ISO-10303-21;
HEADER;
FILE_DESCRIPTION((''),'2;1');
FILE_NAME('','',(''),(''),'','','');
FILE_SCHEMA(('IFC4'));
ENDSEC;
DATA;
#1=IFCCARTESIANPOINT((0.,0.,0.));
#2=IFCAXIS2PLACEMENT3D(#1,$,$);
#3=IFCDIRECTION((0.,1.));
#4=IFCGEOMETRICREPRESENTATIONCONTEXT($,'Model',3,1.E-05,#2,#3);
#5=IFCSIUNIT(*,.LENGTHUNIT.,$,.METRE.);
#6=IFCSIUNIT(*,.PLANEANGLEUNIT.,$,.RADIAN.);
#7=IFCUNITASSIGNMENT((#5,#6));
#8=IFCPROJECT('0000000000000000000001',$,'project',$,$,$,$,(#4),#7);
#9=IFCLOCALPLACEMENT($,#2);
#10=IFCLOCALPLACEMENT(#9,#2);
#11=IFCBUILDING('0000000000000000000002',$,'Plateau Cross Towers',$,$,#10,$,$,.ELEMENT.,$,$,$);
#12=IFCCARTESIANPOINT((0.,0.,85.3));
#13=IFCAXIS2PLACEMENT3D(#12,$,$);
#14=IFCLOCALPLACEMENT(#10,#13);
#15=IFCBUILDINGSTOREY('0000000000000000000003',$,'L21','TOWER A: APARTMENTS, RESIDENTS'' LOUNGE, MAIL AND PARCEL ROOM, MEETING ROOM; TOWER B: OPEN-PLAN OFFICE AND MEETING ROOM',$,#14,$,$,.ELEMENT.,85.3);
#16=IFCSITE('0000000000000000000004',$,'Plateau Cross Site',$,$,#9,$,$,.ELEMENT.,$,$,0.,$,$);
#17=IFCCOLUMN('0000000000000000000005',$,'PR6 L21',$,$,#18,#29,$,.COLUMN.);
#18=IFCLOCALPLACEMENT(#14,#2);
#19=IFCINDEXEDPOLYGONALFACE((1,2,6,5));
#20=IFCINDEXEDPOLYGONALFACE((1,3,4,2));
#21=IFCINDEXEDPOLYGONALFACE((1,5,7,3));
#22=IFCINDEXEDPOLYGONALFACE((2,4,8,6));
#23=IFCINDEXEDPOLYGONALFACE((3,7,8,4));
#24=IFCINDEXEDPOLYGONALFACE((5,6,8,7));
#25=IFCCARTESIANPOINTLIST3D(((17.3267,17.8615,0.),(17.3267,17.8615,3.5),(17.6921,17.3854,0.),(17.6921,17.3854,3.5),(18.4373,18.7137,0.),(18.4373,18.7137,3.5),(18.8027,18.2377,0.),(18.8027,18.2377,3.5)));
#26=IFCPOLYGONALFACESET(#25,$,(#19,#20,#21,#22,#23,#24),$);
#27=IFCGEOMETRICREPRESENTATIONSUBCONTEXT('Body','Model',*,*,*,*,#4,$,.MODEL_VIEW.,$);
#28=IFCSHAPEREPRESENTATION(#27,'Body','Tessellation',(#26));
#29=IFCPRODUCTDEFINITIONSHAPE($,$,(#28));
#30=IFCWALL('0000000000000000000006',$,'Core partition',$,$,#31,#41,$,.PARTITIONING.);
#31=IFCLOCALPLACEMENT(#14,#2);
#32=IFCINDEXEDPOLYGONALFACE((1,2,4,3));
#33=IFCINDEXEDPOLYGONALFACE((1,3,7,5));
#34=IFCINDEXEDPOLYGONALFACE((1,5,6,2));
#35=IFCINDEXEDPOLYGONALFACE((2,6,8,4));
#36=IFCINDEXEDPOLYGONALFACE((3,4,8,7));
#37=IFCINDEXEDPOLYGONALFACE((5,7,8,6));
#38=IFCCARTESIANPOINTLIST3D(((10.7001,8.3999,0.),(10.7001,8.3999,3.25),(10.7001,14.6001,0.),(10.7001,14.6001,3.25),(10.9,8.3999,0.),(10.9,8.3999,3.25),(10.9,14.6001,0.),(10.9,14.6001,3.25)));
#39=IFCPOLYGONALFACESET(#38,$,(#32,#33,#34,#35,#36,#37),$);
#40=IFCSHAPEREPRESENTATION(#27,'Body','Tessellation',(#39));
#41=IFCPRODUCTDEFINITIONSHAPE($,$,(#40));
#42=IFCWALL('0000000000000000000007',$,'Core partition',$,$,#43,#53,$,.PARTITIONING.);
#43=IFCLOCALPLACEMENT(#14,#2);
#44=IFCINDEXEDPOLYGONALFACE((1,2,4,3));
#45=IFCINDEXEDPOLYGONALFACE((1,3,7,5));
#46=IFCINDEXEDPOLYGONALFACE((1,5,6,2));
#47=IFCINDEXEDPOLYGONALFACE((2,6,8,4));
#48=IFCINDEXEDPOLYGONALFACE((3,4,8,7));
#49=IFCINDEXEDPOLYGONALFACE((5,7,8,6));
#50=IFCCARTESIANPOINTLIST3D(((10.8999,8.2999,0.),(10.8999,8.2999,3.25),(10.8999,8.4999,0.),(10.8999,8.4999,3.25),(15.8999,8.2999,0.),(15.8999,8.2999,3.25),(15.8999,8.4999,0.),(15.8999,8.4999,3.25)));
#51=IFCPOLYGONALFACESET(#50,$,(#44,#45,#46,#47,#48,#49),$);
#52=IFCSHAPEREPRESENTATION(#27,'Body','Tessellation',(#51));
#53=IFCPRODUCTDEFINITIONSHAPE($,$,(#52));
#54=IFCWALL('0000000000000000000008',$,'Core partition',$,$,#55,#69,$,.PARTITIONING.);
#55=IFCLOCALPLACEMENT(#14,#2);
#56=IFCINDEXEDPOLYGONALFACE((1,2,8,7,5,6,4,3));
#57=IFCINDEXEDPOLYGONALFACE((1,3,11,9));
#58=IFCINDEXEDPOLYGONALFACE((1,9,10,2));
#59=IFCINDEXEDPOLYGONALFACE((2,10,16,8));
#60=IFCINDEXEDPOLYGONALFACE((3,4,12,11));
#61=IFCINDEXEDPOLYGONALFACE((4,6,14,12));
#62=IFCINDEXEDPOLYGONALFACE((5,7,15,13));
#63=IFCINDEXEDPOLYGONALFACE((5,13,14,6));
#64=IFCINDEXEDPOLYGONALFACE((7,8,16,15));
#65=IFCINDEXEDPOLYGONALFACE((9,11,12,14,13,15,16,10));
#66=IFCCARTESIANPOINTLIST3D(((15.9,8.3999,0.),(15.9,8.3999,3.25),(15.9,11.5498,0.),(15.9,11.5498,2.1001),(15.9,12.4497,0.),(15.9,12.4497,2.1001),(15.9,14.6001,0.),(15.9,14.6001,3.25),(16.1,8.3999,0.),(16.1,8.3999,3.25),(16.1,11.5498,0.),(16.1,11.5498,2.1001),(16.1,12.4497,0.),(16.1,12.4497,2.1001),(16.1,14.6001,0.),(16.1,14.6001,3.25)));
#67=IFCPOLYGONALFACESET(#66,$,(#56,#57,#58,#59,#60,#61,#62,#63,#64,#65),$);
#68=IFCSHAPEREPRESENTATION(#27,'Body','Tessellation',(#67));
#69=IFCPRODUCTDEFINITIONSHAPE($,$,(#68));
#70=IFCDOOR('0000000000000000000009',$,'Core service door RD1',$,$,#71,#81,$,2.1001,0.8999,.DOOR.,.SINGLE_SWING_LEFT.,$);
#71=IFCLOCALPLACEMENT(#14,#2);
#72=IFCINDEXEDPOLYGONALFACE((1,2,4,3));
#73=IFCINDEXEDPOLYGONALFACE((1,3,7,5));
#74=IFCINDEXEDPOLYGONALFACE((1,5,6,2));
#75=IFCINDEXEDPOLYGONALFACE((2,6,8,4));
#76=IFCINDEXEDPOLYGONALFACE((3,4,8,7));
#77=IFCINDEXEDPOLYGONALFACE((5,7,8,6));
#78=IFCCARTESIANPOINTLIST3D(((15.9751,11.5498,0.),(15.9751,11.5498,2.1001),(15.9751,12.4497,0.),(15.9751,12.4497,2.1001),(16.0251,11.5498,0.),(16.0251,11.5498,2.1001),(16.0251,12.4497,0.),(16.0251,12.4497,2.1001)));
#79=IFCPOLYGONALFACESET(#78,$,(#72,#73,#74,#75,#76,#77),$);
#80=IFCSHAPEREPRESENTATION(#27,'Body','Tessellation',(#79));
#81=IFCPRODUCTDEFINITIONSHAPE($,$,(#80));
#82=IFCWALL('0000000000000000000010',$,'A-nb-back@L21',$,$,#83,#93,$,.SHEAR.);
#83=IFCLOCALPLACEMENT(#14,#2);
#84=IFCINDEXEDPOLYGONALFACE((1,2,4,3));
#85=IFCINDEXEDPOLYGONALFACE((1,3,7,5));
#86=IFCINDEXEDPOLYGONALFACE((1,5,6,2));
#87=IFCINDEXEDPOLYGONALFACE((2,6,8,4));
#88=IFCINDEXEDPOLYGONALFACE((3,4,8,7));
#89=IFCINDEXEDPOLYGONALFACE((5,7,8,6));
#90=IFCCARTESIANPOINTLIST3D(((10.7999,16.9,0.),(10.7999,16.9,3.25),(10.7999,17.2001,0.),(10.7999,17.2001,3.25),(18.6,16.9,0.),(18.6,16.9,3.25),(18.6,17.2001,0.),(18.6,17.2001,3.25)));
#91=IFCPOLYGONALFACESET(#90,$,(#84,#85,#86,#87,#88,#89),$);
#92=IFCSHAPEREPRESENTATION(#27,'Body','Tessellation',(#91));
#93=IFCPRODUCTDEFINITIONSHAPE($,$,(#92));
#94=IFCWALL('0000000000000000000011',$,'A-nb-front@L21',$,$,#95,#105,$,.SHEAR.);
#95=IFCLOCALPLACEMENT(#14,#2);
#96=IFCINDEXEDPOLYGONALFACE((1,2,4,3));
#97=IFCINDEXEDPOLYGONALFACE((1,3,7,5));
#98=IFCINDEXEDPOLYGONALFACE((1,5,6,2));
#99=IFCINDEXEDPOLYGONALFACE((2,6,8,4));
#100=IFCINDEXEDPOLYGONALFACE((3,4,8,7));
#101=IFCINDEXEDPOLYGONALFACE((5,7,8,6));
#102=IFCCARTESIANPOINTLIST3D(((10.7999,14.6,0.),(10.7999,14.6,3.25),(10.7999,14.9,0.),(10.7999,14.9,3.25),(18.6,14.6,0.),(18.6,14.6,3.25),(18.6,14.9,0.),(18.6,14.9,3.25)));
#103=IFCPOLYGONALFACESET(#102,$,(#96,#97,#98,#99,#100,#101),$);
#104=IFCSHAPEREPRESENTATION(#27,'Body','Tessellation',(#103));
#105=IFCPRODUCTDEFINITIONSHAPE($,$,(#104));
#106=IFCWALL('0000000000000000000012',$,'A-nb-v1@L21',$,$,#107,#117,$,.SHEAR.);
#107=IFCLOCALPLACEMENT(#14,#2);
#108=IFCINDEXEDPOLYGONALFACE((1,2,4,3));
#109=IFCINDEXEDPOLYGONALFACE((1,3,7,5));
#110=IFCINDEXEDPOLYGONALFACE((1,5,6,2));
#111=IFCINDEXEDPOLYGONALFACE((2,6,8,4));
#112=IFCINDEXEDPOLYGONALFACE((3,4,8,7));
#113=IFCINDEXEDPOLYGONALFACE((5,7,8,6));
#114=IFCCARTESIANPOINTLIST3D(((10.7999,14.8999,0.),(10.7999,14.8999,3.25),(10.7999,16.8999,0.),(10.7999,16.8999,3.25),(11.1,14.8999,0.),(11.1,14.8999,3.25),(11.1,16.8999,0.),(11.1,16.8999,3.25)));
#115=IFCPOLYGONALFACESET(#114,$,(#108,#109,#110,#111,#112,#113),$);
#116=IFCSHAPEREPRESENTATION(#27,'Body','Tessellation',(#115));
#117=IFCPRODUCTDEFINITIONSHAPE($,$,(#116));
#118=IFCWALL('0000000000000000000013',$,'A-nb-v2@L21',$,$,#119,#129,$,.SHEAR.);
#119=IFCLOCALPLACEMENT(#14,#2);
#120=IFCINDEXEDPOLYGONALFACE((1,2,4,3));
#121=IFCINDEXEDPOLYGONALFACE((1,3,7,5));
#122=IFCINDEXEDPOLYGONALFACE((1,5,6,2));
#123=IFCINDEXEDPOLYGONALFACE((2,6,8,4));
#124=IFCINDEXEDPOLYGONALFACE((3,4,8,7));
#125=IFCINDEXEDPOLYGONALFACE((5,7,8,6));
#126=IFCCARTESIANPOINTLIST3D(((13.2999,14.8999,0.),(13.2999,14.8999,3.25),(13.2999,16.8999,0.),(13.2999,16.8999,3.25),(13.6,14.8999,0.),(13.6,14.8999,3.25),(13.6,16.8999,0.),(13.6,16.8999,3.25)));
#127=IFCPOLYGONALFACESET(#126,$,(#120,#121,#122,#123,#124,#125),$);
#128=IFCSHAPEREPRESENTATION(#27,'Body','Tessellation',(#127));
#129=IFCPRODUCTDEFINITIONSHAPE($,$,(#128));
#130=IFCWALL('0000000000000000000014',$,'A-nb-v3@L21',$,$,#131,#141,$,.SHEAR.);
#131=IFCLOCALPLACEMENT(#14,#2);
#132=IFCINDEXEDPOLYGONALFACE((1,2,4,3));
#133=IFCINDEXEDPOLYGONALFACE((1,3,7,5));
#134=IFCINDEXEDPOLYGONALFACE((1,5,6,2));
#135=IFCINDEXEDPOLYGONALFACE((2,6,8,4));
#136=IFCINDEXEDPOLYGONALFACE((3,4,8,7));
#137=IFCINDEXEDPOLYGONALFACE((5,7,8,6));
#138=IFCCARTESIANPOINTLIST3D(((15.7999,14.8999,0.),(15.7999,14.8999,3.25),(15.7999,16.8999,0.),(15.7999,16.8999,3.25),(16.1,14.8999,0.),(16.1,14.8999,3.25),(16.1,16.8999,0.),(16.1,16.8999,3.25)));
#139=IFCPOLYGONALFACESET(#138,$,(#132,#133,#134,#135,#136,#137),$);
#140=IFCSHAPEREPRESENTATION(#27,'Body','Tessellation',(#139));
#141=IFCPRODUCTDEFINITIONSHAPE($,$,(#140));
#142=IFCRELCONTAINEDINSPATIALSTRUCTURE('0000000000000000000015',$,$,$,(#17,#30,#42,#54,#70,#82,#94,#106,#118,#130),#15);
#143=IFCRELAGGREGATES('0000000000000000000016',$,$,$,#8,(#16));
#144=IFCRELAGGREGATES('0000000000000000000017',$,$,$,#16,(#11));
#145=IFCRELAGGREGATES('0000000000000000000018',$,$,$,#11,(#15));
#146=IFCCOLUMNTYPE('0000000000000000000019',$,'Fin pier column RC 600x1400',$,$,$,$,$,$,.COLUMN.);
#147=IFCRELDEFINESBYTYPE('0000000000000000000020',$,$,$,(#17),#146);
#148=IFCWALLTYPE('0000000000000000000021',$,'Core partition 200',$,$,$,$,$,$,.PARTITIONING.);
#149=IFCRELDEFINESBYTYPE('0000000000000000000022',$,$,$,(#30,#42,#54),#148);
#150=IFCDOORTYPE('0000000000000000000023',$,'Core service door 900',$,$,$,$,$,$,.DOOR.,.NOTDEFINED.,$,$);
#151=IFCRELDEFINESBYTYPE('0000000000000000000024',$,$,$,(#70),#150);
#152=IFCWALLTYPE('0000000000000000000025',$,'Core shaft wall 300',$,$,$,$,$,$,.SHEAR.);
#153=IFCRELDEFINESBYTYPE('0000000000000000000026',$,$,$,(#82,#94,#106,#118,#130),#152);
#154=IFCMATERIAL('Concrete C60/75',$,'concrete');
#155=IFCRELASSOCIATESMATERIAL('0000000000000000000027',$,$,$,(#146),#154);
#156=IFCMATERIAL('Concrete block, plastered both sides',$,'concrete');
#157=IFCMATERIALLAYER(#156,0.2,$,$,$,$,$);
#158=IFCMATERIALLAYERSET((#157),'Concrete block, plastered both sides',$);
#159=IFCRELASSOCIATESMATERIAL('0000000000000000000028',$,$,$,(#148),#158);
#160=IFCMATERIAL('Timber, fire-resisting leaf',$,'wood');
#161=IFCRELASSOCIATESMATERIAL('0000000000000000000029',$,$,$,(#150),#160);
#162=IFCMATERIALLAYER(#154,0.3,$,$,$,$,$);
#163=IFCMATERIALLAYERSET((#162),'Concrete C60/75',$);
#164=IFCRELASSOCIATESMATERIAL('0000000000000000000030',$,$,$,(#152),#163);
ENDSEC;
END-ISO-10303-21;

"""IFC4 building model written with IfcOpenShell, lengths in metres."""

from ifc_helpers import new_model, si_unit, direction, frame, frame_2d, origin, origin_2d, place, context, subcontext, project, spatial, rectangle, extrude, material, layer, layer_set, material_profile, profile_set, type_object, element, fill, save


model = new_model("IFC4")

# Units and contexts
model_context = context("Model", 3, precision=1e-05, world=origin(), true_north=direction((0.0, 1.0)))
body_context = subcontext(model_context, "Body", "Model", "MODEL_VIEW")
ifc_project = project(units=[si_unit("LENGTHUNIT", "METRE"), si_unit("PLANEANGLEUNIT", "RADIAN")], contexts=[model_context])

# Site, building, storey
site_placement = place(None, origin())
site = spatial("IfcSite", under=ifc_project, at=site_placement, Name="Plateau Cross Site", CompositionType="ELEMENT", RefElevation=0.0)
building_placement = place(site_placement, origin())
building = spatial("IfcBuilding", under=site, at=building_placement, Name="Plateau Cross Towers", CompositionType="ELEMENT")
storey_placement = place(building_placement, frame((0.0, 0.0, 85.3)))
storey = spatial("IfcBuildingStorey", under=building, at=storey_placement, Name="L21", Description="TOWER A: APARTMENTS, RESIDENTS' LOUNGE, MAIL AND PARCEL ROOM, MEETING ROOM; TOWER B: OPEN-PLAN OFFICE AND MEETING ROOM", CompositionType="ELEMENT", Elevation=85.3)

# Column
ifc_material_1 = material(Name="Concrete C60/75", Category="concrete")
ifc_material_profile = material_profile(ifc_material_1, rectangle(XDim=0.6001, YDim=1.3999, at=origin_2d()), Name="RC 600x1400")
ifc_profile_set = profile_set([ifc_material_profile], Name="Concrete C60/75")
column_type = type_object("IfcColumnType", Name="Fin pier column RC 600x1400", PredefinedType="COLUMN", material=ifc_profile_set)
column_placement = place(storey_placement, frame((18.0647, 18.0496, 0.0), z_axis=(0.0, 0.0, 1.0), x_axis=(-0.608811, 0.793315, 0.0)))
element("IfcColumn", 1, at=column_placement, inside=storey, type_object=column_type, Name="PR6 L21", PredefinedType="COLUMN", context=body_context, shape_type="SweptSolid", body=[
    extrude(rectangle(XDim=0.6001, YDim=1.3999, at=origin_2d()), origin(), (0.0, 0.0, 1.0), 3.5),
])

# Walls
ifc_material_2 = material(Name="Concrete block, plastered both sides", Category="concrete")
ifc_layer_1 = layer(ifc_material_2, 0.2)
ifc_layer_set_1 = layer_set([ifc_layer_1], Name="Concrete block, plastered both sides")
wall_type_1 = type_object("IfcWallType", Name="Core partition 200", PredefinedType="PARTITIONING", material=ifc_layer_set_1)
wall_1_placement = place(storey_placement, frame((10.8, 8.3999, 0.0), z_axis=(0.0, 0.0, 1.0), x_axis=(0.0, 1.0, 0.0)))
element("IfcWall", 2, at=wall_1_placement, inside=storey, type_object=wall_type_1, Name="Core partition", PredefinedType="PARTITIONING", context=body_context, shape_type="SweptSolid", body=[
    extrude(rectangle(XDim=6.2002, YDim=0.2, at=frame_2d((3.1001, 0.0))), origin(), (0.0, 0.0, 1.0), 3.25),
])
wall_2_placement = place(storey_placement, frame((10.8999, 8.3999, 0.0), z_axis=(0.0, 0.0, 1.0), x_axis=(1.0, 0.0, 0.0)))
element("IfcWall", 3, at=wall_2_placement, inside=storey, type_object=wall_type_1, Name="Core partition", PredefinedType="PARTITIONING", context=body_context, shape_type="SweptSolid", body=[
    extrude(rectangle(XDim=5.0, YDim=0.2, at=frame_2d((2.5, 0.0))), origin(), (0.0, 0.0, 1.0), 3.25),
])

# Wall, opening, door
wall_3_placement = place(storey_placement, frame((16.0, 8.3999, 0.0), z_axis=(0.0, 0.0, 1.0), x_axis=(0.0, 1.0, 0.0)))
wall_3 = element("IfcWall", 4, at=wall_3_placement, inside=storey, type_object=wall_type_1, Name="Core partition", PredefinedType="PARTITIONING", context=body_context, shape_type="SweptSolid", body=[
    extrude(rectangle(XDim=6.2002, YDim=0.2, at=frame_2d((3.1001, 0.0))), origin(), (0.0, 0.0, 1.0), 3.25),
])
opening_1_placement = place(wall_3_placement, frame((3.1499, 0.0, 0.0)))
opening_1 = element("IfcOpeningElement", 5, at=opening_1_placement, cuts=wall_3, PredefinedType="OPENING", context=body_context, shape_type="SweptSolid", body=[
    extrude(rectangle(XDim=0.8999, YDim=2.1001, at=frame_2d((0.45, 1.05))), frame((0.0, 0.1099, 0.0), z_axis=(0.0, -1.0, 0.0), x_axis=(1.0, 0.0, 0.0)), (0.0, 0.0, 1.0), 0.22),
])
ifc_material_3 = material(Name="Timber, fire-resisting leaf", Category="wood")
door_type_1 = type_object("IfcDoorType", Name="Core service door 900", OperationType="NOTDEFINED", PredefinedType="DOOR", material=ifc_material_3)
door_1_placement = place(opening_1_placement, origin())
door_1 = element("IfcDoor", 6, at=door_1_placement, inside=storey, type_object=door_type_1, Name="Core service door RD1", OperationType="SINGLE_SWING_LEFT", OverallHeight=2.1001, OverallWidth=0.8999, PredefinedType="DOOR", context=body_context, shape_type="SweptSolid", body=[
    extrude(rectangle(XDim=0.8999, YDim=2.1001, at=frame_2d((0.45, 1.05))), frame((0.0, 0.0249, 0.0), z_axis=(0.0, -1.0, 0.0), x_axis=(1.0, 0.0, 0.0)), (0.0, 0.0, 1.0), 0.05),
])
fill(opening_1, door_1)

# Walls
ifc_layer_2 = layer(ifc_material_1, 0.3)
ifc_layer_set_2 = layer_set([ifc_layer_2], Name="Concrete C60/75")
wall_type_2 = type_object("IfcWallType", Name="Core shaft wall 300", PredefinedType="SHEAR", material=ifc_layer_set_2)
for number, where, z_axis, x_axis, name in (
    (7, (10.8, 17.05, 0.0), (0.0, 0.0, 1.0), (1.0, 0.0, 0.0), "A-nb-back@L21"),
    (8, (10.8, 14.75, 0.0), (0.0, 0.0, 1.0), (1.0, 0.0, 0.0), "A-nb-front@L21"),
):
    element("IfcWall", number, at=place(storey_placement, frame(where, z_axis=z_axis, x_axis=x_axis)), inside=storey, type_object=wall_type_2, Name=name, PredefinedType="SHEAR", context=body_context, shape_type="SweptSolid", body=[
        extrude(rectangle(XDim=7.8, YDim=0.3, at=frame_2d((3.8999, 0.0))), origin(), (0.0, 0.0, 1.0), 3.25),
    ])
for number, where, z_axis, x_axis, name in (
    (9, (10.95, 14.8999, 0.0), (0.0, 0.0, 1.0), (0.0, 1.0, 0.0), "A-nb-v1@L21"),
    (10, (13.45, 14.8999, 0.0), (0.0, 0.0, 1.0), (0.0, 1.0, 0.0), "A-nb-v2@L21"),
    (11, (15.95, 14.8999, 0.0), (0.0, 0.0, 1.0), (0.0, 1.0, 0.0), "A-nb-v3@L21"),
):
    element("IfcWall", number, at=place(storey_placement, frame(where, z_axis=z_axis, x_axis=x_axis)), inside=storey, type_object=wall_type_2, Name=name, PredefinedType="SHEAR", context=body_context, shape_type="SweptSolid", body=[
        extrude(rectangle(XDim=2.0, YDim=0.3, at=frame_2d((1.0, 0.0))), origin(), (0.0, 0.0, 1.0), 3.25),
    ])

save(model, "model.ifc")
